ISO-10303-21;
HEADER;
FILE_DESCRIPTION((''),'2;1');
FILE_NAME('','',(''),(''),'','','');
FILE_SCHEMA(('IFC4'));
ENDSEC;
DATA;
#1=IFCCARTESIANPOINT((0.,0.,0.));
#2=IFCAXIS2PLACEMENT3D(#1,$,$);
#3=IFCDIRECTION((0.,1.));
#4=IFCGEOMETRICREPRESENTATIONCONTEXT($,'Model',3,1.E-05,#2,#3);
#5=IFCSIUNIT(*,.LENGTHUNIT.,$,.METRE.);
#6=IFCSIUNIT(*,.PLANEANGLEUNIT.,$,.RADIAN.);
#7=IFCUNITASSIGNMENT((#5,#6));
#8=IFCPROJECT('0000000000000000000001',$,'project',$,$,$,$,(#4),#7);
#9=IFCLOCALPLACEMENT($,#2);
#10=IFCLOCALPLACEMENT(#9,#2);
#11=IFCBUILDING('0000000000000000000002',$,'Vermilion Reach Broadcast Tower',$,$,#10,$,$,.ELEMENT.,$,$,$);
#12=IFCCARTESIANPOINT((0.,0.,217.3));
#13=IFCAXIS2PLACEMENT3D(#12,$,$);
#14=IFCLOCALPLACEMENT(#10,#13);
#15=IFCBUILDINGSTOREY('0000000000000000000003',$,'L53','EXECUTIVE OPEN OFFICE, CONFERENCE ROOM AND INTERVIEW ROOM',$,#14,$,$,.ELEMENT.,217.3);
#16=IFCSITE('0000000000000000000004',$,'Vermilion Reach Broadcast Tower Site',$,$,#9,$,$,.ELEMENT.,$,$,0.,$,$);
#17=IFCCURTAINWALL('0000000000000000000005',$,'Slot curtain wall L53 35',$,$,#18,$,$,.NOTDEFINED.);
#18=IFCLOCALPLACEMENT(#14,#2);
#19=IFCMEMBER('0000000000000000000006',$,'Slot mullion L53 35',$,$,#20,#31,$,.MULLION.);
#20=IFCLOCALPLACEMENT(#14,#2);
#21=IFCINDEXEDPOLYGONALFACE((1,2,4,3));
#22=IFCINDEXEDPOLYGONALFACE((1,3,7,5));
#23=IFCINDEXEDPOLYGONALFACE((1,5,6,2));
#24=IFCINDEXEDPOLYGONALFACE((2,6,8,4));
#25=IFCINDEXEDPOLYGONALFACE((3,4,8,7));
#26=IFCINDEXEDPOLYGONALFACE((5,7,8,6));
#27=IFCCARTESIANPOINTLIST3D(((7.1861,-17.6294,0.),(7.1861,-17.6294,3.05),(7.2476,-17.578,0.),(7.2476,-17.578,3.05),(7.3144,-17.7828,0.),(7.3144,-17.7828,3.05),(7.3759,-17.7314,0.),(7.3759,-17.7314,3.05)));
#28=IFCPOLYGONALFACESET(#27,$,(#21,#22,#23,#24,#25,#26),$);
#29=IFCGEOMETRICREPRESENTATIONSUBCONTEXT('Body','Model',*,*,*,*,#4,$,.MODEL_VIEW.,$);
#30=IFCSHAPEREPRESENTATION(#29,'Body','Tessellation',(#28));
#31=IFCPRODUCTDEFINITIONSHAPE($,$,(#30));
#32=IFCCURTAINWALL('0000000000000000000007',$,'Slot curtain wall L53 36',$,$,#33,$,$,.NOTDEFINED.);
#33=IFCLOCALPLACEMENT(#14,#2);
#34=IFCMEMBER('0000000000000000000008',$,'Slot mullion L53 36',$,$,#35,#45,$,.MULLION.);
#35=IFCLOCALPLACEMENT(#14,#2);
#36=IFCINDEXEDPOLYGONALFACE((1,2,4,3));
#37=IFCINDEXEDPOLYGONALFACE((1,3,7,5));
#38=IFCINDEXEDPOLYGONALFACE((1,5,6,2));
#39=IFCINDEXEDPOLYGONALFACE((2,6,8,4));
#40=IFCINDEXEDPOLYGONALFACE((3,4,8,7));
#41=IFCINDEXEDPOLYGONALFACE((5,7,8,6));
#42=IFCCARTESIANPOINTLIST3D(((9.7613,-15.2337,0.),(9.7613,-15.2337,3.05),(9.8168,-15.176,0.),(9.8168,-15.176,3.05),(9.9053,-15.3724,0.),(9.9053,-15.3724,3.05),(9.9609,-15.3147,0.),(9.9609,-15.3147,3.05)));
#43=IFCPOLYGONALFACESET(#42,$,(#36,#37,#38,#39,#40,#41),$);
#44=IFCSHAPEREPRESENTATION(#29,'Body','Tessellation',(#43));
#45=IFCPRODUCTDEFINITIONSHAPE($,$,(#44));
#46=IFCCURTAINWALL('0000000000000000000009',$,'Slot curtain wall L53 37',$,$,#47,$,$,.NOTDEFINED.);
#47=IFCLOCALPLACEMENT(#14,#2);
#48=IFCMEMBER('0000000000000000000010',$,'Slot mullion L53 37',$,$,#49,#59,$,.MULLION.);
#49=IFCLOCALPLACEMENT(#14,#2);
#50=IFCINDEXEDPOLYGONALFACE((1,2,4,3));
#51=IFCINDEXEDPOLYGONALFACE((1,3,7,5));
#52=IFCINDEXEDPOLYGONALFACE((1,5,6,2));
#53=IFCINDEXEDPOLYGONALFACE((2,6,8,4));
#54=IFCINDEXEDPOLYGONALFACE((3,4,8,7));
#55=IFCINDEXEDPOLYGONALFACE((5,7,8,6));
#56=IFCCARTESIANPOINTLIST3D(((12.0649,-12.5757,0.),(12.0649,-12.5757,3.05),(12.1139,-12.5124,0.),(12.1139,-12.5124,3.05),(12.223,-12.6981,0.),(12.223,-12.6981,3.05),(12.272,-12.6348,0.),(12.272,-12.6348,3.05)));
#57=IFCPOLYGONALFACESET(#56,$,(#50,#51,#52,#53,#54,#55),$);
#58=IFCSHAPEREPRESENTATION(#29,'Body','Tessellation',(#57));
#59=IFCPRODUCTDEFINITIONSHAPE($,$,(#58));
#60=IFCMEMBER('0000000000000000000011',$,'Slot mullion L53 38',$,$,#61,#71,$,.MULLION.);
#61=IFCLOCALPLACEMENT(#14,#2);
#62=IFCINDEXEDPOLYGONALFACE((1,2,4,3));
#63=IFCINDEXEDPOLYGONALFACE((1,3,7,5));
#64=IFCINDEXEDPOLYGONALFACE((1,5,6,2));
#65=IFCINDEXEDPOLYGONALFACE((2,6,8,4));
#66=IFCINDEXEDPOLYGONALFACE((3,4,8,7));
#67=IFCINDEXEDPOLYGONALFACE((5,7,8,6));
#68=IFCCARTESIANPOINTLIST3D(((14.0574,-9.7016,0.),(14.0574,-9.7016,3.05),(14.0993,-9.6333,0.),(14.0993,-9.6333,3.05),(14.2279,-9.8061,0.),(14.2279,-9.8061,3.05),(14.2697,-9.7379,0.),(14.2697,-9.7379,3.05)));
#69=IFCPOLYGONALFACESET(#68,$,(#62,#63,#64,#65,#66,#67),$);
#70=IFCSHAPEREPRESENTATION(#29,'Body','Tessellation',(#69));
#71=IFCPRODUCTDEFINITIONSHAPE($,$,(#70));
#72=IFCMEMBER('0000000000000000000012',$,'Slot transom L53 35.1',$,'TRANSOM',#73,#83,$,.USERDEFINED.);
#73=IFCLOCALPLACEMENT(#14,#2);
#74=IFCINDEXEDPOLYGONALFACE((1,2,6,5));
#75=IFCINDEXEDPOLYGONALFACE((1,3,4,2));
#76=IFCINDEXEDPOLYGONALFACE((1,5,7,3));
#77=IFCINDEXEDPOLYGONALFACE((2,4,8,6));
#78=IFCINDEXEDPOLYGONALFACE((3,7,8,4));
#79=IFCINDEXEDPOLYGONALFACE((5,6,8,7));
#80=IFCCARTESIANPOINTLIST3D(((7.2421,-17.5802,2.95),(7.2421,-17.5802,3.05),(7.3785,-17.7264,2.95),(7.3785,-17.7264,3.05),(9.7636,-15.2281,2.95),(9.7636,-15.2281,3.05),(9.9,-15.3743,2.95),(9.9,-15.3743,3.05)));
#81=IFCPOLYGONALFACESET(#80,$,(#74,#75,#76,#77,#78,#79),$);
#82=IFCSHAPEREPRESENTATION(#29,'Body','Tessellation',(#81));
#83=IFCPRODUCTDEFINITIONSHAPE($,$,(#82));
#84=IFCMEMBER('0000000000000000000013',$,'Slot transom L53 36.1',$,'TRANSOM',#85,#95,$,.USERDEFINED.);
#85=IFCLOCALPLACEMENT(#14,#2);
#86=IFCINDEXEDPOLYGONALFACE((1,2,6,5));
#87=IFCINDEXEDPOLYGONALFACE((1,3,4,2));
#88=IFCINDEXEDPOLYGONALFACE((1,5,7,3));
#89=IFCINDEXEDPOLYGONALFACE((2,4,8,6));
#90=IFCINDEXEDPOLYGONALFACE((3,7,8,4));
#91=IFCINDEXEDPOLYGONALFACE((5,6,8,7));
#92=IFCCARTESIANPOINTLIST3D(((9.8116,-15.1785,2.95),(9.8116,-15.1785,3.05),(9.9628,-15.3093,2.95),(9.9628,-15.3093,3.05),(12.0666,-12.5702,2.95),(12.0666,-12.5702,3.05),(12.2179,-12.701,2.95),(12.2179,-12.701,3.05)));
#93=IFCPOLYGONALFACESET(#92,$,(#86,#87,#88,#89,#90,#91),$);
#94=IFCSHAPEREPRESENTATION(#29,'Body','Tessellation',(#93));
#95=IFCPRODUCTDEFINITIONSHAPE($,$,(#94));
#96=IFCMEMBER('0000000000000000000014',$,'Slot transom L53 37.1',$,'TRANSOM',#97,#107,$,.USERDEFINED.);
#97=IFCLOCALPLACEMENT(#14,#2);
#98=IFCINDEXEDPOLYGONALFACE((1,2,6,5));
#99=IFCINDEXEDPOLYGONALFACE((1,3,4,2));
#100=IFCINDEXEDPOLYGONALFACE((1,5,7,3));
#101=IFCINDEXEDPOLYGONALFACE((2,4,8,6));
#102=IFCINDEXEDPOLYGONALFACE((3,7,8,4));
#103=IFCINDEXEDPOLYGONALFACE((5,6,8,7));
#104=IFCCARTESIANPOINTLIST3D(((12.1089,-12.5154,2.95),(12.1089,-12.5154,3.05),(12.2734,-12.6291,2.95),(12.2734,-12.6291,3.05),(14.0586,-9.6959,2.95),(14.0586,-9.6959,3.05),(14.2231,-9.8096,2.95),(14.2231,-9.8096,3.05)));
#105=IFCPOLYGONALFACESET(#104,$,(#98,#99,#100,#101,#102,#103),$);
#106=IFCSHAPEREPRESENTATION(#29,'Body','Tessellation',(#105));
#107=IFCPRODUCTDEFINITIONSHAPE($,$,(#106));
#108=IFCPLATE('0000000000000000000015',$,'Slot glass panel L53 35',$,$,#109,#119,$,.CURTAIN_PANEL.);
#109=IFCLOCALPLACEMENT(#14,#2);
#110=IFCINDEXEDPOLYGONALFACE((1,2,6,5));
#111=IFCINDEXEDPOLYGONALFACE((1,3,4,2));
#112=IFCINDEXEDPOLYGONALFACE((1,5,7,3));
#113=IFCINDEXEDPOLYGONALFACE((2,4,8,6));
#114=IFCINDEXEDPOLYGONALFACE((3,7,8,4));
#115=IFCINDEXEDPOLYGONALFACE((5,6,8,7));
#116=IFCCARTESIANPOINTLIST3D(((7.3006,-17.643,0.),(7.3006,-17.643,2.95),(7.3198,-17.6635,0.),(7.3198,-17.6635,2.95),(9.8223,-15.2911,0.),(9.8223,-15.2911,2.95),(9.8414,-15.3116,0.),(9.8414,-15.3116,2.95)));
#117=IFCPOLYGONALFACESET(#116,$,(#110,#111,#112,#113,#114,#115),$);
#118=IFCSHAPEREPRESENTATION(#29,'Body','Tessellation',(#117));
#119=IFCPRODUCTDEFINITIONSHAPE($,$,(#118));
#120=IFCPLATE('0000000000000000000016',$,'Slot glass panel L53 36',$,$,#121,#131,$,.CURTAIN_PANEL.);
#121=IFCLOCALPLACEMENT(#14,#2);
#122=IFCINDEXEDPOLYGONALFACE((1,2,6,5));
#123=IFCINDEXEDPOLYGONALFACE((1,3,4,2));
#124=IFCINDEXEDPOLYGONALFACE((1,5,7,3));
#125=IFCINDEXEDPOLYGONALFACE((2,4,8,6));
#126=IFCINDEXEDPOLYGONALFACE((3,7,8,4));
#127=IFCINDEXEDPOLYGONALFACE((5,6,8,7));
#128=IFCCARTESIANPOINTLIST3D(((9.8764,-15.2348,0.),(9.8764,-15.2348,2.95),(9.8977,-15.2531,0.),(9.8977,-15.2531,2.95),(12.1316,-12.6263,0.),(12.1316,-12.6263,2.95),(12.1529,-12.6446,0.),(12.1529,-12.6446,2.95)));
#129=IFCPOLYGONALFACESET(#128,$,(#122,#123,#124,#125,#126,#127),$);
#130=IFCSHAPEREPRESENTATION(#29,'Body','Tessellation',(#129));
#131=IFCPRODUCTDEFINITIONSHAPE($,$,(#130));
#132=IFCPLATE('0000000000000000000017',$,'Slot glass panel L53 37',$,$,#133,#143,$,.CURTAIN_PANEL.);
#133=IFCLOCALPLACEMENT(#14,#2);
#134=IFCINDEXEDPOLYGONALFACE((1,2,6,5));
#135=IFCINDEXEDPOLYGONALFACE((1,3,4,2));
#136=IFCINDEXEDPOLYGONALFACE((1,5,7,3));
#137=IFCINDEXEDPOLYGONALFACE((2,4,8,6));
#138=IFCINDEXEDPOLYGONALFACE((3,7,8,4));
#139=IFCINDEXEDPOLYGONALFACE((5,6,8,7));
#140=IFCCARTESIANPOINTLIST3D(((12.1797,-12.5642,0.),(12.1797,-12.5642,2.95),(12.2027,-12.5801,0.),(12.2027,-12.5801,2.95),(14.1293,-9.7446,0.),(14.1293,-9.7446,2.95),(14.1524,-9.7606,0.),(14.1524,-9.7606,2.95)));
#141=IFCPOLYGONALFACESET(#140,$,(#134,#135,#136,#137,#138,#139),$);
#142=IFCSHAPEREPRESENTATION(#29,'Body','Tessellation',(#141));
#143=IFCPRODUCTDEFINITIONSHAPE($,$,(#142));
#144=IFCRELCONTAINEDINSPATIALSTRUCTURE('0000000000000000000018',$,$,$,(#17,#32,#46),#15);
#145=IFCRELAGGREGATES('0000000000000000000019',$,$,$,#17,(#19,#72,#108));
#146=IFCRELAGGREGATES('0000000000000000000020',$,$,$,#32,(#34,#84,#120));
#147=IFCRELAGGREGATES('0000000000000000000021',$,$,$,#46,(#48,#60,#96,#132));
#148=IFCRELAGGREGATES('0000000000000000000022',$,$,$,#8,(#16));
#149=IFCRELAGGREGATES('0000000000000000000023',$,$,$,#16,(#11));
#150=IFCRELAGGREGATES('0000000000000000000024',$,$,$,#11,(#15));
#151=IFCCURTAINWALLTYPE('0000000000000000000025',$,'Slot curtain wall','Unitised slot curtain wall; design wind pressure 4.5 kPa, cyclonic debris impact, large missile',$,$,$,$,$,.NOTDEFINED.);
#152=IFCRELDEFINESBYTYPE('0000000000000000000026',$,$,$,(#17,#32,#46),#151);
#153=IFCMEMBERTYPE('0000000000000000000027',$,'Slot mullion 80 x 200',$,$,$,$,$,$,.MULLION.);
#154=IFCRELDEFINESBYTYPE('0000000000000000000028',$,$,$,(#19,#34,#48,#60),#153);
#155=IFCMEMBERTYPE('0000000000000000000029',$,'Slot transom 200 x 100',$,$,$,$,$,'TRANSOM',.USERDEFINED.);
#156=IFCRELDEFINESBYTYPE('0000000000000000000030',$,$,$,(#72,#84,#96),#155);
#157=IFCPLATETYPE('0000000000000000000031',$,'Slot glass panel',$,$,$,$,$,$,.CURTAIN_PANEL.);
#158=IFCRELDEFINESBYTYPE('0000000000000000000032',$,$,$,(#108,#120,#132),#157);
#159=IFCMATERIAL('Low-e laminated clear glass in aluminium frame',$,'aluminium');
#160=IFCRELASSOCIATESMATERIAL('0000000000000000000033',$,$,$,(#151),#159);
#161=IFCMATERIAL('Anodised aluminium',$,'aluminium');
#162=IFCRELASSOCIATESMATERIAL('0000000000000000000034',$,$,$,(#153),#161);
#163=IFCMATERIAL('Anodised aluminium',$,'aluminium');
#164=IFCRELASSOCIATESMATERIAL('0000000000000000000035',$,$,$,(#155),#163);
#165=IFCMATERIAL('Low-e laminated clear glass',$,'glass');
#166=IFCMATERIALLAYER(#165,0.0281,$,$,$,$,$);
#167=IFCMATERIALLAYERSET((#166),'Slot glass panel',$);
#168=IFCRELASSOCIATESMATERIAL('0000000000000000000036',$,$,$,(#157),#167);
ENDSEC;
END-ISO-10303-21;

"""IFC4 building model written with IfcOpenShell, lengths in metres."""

from ifc_helpers import new_model, si_unit, direction, frame, origin, origin_2d, place, context, subcontext, project, spatial, rectangle, extrude, material, layer, layer_set, material_profile, profile_set, type_object, element, aggregate, save


model = new_model("IFC4")

# Units and contexts
model_context = context("Model", 3, precision=1e-05, world=origin(), true_north=direction((0.0, 1.0)))
body_context = subcontext(model_context, "Body", "Model", "MODEL_VIEW")
ifc_project = project(units=[si_unit("LENGTHUNIT", "METRE"), si_unit("PLANEANGLEUNIT", "RADIAN")], contexts=[model_context])

# Site, building, storey
site_placement = place(None, origin())
site = spatial("IfcSite", under=ifc_project, at=site_placement, Name="Vermilion Reach Broadcast Tower Site", CompositionType="ELEMENT", RefElevation=0.0)
building_placement = place(site_placement, origin())
building = spatial("IfcBuilding", under=site, at=building_placement, Name="Vermilion Reach Broadcast Tower", CompositionType="ELEMENT")
storey_placement = place(building_placement, frame((0.0, 0.0, 217.3)))
storey = spatial("IfcBuildingStorey", under=building, at=storey_placement, Name="L53", Description="EXECUTIVE OPEN OFFICE, CONFERENCE ROOM AND INTERVIEW ROOM", CompositionType="ELEMENT", Elevation=217.3)

# Curtain walls, members
ifc_material_1 = material(Name="Low-e laminated clear glass in aluminium frame", Category="aluminium")
curtain_wall_type = type_object("IfcCurtainWallType", Name="Slot curtain wall", Description="Unitised slot curtain wall; design wind pressure 4.5 kPa, cyclonic debris impact, large missile", PredefinedType="NOTDEFINED", material=ifc_material_1)
placement = place(storey_placement, origin())
curtain_wall_1 = element("IfcCurtainWall", 1, at=placement, inside=storey, type_object=curtain_wall_type, Name="Slot curtain wall L53 35", PredefinedType="NOTDEFINED")
ifc_material_2 = material(Name="Anodised aluminium", Category="aluminium")
ifc_material_profile_1 = material_profile(ifc_material_2, rectangle(XDim=0.2, YDim=0.0801, at=origin_2d()), Name="Slot mullion 80 x 200")
ifc_profile_set_1 = profile_set([ifc_material_profile_1], Name="Anodised aluminium")
member_type_1 = type_object("IfcMemberType", Name="Slot mullion 80 x 200", PredefinedType="MULLION", material=ifc_profile_set_1)
member_1_placement = place(storey_placement, frame((7.281, -17.6804, 0.0), z_axis=(0.0, 0.0, 1.0), x_axis=(-0.641638, 0.767008, 0.0)))
member_1 = element("IfcMember", 2, at=member_1_placement, type_object=member_type_1, Name="Slot mullion L53 35", PredefinedType="MULLION", context=body_context, shape_type="SweptSolid", body=[
    extrude(rectangle(XDim=0.2, YDim=0.0801, at=origin_2d()), origin(), (0.0, 0.0, 1.0), 3.05),
])
curtain_wall_2 = element("IfcCurtainWall", 3, at=placement, inside=storey, type_object=curtain_wall_type, Name="Slot curtain wall L53 36", PredefinedType="NOTDEFINED")
member_2_placement = place(storey_placement, frame((9.8611, -15.2742, 0.0), z_axis=(0.0, 0.0, 1.0), x_axis=(-0.720309, 0.693653, 0.0)))
member_2 = element("IfcMember", 4, at=member_2_placement, type_object=member_type_1, Name="Slot mullion L53 36", PredefinedType="MULLION", context=body_context, shape_type="SweptSolid", body=[
    extrude(rectangle(XDim=0.2, YDim=0.0801, at=origin_2d()), origin(), (0.0, 0.0, 1.0), 3.05),
])

# Curtain wall, members
curtain_wall_3 = element("IfcCurtainWall", 5, at=placement, inside=storey, type_object=curtain_wall_type, Name="Slot curtain wall L53 37", PredefinedType="NOTDEFINED")
member_3_placement = place(storey_placement, frame((12.1685, -12.6052, 0.0), z_axis=(0.0, 0.0, 1.0), x_axis=(-0.790646, 0.612273, 0.0)))
member_3 = element("IfcMember", 6, at=member_3_placement, type_object=member_type_1, Name="Slot mullion L53 37", PredefinedType="MULLION", context=body_context, shape_type="SweptSolid", body=[
    extrude(rectangle(XDim=0.2, YDim=0.0801, at=origin_2d()), origin(), (0.0, 0.0, 1.0), 3.05),
])
member_4_placement = place(storey_placement, frame((14.1636, -9.7197, 0.0), z_axis=(0.0, 0.0, 1.0), x_axis=(-0.852467, 0.522781, 0.0)))
member_4 = element("IfcMember", 7, at=member_4_placement, type_object=member_type_1, Name="Slot mullion L53 38", PredefinedType="MULLION", context=body_context, shape_type="SweptSolid", body=[
    extrude(rectangle(XDim=0.2, YDim=0.0801, at=origin_2d()), origin(), (0.0, 0.0, 1.0), 3.05),
])

# Members
ifc_material_3 = material(Name="Anodised aluminium", Category="aluminium")
ifc_material_profile_2 = material_profile(ifc_material_3, rectangle(XDim=0.2, YDim=0.1001, at=origin_2d()), Name="Slot transom 200 x 100")
ifc_profile_set_2 = profile_set([ifc_material_profile_2], Name="Anodised aluminium")
member_type_2 = type_object("IfcMemberType", Name="Slot transom 200 x 100", ElementType="TRANSOM", PredefinedType="USERDEFINED", material=ifc_profile_set_2)
member_5_placement = place(storey_placement, frame((7.3103, -17.6533, 3.0), z_axis=(0.731248, 0.682111, 0.0), x_axis=(-0.682111, 0.731248, 0.0)))
member_5 = element("IfcMember", 8, at=member_5_placement, type_object=member_type_2, Name="Slot transom L53 35.1", ObjectType="TRANSOM", PredefinedType="USERDEFINED", context=body_context, shape_type="SweptSolid", body=[
    extrude(rectangle(XDim=0.2, YDim=0.1001, at=origin_2d()), origin(), (0.0, 0.0, 1.0), 3.4482),
])
member_6_placement = place(storey_placement, frame((9.8872, -15.2439, 3.0), z_axis=(0.654022, 0.756476, 0.0), x_axis=(-0.756476, 0.654022, 0.0)))
member_6 = element("IfcMember", 9, at=member_6_placement, type_object=member_type_2, Name="Slot transom L53 36.1", ObjectType="TRANSOM", PredefinedType="USERDEFINED", context=body_context, shape_type="SweptSolid", body=[
    extrude(rectangle(XDim=0.2, YDim=0.1001, at=origin_2d()), origin(), (0.0, 0.0, 1.0), 3.448),
])
member_7_placement = place(storey_placement, frame((12.1912, -12.5723, 3.0), z_axis=(0.568754, 0.822507, 0.0), x_axis=(-0.822507, 0.568754, 0.0)))
member_7 = element("IfcMember", 10, at=member_7_placement, type_object=member_type_2, Name="Slot transom L53 37.1", ObjectType="TRANSOM", PredefinedType="USERDEFINED", context=body_context, shape_type="SweptSolid", body=[
    extrude(rectangle(XDim=0.2, YDim=0.1001, at=origin_2d()), origin(), (0.0, 0.0, 1.0), 3.428),
])

# Plates
ifc_material_4 = material(Name="Low-e laminated clear glass", Category="glass")
ifc_layer_1 = layer(ifc_material_4, 0.0281)
ifc_layer_set_1 = layer_set([ifc_layer_1], Name="Slot glass panel")
plate_type = type_object("IfcPlateType", Name="Slot glass panel", PredefinedType="CURTAIN_PANEL", material=ifc_layer_set_1)
plate_1_placement = place(storey_placement, frame((8.571, -16.4773, 0.0), z_axis=(0.0, 0.0, 1.0), x_axis=(0.731286, 0.682071, 0.0)))
plate_1 = element("IfcPlate", 11, at=plate_1_placement, type_object=plate_type, Name="Slot glass panel L53 35", PredefinedType="CURTAIN_PANEL", context=body_context, shape_type="SweptSolid", body=[
    extrude(rectangle(XDim=3.4482, YDim=0.0281, at=origin_2d()), origin(), (0.0, 0.0, 1.0), 2.95),
])
aggregate(curtain_wall_1, [member_1, member_5, plate_1])
plate_2_placement = place(storey_placement, frame((11.0146, -13.9397, 0.0), z_axis=(0.0, 0.0, 1.0), x_axis=(0.654024, 0.756474, 0.0)))
plate_2 = element("IfcPlate", 12, at=plate_2_placement, type_object=plate_type, Name="Slot glass panel L53 36", PredefinedType="CURTAIN_PANEL", context=body_context, shape_type="SweptSolid", body=[
    extrude(rectangle(XDim=3.4482, YDim=0.0281, at=origin_2d()), origin(), (0.0, 0.0, 1.0), 2.95),
])
aggregate(curtain_wall_2, [member_2, member_6, plate_2])
plate_3_placement = place(storey_placement, frame((13.166, -11.1624, 0.0), z_axis=(0.0, 0.0, 1.0), x_axis=(0.568741, 0.822517, 0.0)))
plate_3 = element("IfcPlate", 13, at=plate_3_placement, type_object=plate_type, Name="Slot glass panel L53 37", PredefinedType="CURTAIN_PANEL", context=body_context, shape_type="SweptSolid", body=[
    extrude(rectangle(XDim=3.428, YDim=0.0281, at=origin_2d()), origin(), (0.0, 0.0, 1.0), 2.95),
])
aggregate(curtain_wall_3, [member_3, member_4, member_7, plate_3])

save(model, "model.ifc")
